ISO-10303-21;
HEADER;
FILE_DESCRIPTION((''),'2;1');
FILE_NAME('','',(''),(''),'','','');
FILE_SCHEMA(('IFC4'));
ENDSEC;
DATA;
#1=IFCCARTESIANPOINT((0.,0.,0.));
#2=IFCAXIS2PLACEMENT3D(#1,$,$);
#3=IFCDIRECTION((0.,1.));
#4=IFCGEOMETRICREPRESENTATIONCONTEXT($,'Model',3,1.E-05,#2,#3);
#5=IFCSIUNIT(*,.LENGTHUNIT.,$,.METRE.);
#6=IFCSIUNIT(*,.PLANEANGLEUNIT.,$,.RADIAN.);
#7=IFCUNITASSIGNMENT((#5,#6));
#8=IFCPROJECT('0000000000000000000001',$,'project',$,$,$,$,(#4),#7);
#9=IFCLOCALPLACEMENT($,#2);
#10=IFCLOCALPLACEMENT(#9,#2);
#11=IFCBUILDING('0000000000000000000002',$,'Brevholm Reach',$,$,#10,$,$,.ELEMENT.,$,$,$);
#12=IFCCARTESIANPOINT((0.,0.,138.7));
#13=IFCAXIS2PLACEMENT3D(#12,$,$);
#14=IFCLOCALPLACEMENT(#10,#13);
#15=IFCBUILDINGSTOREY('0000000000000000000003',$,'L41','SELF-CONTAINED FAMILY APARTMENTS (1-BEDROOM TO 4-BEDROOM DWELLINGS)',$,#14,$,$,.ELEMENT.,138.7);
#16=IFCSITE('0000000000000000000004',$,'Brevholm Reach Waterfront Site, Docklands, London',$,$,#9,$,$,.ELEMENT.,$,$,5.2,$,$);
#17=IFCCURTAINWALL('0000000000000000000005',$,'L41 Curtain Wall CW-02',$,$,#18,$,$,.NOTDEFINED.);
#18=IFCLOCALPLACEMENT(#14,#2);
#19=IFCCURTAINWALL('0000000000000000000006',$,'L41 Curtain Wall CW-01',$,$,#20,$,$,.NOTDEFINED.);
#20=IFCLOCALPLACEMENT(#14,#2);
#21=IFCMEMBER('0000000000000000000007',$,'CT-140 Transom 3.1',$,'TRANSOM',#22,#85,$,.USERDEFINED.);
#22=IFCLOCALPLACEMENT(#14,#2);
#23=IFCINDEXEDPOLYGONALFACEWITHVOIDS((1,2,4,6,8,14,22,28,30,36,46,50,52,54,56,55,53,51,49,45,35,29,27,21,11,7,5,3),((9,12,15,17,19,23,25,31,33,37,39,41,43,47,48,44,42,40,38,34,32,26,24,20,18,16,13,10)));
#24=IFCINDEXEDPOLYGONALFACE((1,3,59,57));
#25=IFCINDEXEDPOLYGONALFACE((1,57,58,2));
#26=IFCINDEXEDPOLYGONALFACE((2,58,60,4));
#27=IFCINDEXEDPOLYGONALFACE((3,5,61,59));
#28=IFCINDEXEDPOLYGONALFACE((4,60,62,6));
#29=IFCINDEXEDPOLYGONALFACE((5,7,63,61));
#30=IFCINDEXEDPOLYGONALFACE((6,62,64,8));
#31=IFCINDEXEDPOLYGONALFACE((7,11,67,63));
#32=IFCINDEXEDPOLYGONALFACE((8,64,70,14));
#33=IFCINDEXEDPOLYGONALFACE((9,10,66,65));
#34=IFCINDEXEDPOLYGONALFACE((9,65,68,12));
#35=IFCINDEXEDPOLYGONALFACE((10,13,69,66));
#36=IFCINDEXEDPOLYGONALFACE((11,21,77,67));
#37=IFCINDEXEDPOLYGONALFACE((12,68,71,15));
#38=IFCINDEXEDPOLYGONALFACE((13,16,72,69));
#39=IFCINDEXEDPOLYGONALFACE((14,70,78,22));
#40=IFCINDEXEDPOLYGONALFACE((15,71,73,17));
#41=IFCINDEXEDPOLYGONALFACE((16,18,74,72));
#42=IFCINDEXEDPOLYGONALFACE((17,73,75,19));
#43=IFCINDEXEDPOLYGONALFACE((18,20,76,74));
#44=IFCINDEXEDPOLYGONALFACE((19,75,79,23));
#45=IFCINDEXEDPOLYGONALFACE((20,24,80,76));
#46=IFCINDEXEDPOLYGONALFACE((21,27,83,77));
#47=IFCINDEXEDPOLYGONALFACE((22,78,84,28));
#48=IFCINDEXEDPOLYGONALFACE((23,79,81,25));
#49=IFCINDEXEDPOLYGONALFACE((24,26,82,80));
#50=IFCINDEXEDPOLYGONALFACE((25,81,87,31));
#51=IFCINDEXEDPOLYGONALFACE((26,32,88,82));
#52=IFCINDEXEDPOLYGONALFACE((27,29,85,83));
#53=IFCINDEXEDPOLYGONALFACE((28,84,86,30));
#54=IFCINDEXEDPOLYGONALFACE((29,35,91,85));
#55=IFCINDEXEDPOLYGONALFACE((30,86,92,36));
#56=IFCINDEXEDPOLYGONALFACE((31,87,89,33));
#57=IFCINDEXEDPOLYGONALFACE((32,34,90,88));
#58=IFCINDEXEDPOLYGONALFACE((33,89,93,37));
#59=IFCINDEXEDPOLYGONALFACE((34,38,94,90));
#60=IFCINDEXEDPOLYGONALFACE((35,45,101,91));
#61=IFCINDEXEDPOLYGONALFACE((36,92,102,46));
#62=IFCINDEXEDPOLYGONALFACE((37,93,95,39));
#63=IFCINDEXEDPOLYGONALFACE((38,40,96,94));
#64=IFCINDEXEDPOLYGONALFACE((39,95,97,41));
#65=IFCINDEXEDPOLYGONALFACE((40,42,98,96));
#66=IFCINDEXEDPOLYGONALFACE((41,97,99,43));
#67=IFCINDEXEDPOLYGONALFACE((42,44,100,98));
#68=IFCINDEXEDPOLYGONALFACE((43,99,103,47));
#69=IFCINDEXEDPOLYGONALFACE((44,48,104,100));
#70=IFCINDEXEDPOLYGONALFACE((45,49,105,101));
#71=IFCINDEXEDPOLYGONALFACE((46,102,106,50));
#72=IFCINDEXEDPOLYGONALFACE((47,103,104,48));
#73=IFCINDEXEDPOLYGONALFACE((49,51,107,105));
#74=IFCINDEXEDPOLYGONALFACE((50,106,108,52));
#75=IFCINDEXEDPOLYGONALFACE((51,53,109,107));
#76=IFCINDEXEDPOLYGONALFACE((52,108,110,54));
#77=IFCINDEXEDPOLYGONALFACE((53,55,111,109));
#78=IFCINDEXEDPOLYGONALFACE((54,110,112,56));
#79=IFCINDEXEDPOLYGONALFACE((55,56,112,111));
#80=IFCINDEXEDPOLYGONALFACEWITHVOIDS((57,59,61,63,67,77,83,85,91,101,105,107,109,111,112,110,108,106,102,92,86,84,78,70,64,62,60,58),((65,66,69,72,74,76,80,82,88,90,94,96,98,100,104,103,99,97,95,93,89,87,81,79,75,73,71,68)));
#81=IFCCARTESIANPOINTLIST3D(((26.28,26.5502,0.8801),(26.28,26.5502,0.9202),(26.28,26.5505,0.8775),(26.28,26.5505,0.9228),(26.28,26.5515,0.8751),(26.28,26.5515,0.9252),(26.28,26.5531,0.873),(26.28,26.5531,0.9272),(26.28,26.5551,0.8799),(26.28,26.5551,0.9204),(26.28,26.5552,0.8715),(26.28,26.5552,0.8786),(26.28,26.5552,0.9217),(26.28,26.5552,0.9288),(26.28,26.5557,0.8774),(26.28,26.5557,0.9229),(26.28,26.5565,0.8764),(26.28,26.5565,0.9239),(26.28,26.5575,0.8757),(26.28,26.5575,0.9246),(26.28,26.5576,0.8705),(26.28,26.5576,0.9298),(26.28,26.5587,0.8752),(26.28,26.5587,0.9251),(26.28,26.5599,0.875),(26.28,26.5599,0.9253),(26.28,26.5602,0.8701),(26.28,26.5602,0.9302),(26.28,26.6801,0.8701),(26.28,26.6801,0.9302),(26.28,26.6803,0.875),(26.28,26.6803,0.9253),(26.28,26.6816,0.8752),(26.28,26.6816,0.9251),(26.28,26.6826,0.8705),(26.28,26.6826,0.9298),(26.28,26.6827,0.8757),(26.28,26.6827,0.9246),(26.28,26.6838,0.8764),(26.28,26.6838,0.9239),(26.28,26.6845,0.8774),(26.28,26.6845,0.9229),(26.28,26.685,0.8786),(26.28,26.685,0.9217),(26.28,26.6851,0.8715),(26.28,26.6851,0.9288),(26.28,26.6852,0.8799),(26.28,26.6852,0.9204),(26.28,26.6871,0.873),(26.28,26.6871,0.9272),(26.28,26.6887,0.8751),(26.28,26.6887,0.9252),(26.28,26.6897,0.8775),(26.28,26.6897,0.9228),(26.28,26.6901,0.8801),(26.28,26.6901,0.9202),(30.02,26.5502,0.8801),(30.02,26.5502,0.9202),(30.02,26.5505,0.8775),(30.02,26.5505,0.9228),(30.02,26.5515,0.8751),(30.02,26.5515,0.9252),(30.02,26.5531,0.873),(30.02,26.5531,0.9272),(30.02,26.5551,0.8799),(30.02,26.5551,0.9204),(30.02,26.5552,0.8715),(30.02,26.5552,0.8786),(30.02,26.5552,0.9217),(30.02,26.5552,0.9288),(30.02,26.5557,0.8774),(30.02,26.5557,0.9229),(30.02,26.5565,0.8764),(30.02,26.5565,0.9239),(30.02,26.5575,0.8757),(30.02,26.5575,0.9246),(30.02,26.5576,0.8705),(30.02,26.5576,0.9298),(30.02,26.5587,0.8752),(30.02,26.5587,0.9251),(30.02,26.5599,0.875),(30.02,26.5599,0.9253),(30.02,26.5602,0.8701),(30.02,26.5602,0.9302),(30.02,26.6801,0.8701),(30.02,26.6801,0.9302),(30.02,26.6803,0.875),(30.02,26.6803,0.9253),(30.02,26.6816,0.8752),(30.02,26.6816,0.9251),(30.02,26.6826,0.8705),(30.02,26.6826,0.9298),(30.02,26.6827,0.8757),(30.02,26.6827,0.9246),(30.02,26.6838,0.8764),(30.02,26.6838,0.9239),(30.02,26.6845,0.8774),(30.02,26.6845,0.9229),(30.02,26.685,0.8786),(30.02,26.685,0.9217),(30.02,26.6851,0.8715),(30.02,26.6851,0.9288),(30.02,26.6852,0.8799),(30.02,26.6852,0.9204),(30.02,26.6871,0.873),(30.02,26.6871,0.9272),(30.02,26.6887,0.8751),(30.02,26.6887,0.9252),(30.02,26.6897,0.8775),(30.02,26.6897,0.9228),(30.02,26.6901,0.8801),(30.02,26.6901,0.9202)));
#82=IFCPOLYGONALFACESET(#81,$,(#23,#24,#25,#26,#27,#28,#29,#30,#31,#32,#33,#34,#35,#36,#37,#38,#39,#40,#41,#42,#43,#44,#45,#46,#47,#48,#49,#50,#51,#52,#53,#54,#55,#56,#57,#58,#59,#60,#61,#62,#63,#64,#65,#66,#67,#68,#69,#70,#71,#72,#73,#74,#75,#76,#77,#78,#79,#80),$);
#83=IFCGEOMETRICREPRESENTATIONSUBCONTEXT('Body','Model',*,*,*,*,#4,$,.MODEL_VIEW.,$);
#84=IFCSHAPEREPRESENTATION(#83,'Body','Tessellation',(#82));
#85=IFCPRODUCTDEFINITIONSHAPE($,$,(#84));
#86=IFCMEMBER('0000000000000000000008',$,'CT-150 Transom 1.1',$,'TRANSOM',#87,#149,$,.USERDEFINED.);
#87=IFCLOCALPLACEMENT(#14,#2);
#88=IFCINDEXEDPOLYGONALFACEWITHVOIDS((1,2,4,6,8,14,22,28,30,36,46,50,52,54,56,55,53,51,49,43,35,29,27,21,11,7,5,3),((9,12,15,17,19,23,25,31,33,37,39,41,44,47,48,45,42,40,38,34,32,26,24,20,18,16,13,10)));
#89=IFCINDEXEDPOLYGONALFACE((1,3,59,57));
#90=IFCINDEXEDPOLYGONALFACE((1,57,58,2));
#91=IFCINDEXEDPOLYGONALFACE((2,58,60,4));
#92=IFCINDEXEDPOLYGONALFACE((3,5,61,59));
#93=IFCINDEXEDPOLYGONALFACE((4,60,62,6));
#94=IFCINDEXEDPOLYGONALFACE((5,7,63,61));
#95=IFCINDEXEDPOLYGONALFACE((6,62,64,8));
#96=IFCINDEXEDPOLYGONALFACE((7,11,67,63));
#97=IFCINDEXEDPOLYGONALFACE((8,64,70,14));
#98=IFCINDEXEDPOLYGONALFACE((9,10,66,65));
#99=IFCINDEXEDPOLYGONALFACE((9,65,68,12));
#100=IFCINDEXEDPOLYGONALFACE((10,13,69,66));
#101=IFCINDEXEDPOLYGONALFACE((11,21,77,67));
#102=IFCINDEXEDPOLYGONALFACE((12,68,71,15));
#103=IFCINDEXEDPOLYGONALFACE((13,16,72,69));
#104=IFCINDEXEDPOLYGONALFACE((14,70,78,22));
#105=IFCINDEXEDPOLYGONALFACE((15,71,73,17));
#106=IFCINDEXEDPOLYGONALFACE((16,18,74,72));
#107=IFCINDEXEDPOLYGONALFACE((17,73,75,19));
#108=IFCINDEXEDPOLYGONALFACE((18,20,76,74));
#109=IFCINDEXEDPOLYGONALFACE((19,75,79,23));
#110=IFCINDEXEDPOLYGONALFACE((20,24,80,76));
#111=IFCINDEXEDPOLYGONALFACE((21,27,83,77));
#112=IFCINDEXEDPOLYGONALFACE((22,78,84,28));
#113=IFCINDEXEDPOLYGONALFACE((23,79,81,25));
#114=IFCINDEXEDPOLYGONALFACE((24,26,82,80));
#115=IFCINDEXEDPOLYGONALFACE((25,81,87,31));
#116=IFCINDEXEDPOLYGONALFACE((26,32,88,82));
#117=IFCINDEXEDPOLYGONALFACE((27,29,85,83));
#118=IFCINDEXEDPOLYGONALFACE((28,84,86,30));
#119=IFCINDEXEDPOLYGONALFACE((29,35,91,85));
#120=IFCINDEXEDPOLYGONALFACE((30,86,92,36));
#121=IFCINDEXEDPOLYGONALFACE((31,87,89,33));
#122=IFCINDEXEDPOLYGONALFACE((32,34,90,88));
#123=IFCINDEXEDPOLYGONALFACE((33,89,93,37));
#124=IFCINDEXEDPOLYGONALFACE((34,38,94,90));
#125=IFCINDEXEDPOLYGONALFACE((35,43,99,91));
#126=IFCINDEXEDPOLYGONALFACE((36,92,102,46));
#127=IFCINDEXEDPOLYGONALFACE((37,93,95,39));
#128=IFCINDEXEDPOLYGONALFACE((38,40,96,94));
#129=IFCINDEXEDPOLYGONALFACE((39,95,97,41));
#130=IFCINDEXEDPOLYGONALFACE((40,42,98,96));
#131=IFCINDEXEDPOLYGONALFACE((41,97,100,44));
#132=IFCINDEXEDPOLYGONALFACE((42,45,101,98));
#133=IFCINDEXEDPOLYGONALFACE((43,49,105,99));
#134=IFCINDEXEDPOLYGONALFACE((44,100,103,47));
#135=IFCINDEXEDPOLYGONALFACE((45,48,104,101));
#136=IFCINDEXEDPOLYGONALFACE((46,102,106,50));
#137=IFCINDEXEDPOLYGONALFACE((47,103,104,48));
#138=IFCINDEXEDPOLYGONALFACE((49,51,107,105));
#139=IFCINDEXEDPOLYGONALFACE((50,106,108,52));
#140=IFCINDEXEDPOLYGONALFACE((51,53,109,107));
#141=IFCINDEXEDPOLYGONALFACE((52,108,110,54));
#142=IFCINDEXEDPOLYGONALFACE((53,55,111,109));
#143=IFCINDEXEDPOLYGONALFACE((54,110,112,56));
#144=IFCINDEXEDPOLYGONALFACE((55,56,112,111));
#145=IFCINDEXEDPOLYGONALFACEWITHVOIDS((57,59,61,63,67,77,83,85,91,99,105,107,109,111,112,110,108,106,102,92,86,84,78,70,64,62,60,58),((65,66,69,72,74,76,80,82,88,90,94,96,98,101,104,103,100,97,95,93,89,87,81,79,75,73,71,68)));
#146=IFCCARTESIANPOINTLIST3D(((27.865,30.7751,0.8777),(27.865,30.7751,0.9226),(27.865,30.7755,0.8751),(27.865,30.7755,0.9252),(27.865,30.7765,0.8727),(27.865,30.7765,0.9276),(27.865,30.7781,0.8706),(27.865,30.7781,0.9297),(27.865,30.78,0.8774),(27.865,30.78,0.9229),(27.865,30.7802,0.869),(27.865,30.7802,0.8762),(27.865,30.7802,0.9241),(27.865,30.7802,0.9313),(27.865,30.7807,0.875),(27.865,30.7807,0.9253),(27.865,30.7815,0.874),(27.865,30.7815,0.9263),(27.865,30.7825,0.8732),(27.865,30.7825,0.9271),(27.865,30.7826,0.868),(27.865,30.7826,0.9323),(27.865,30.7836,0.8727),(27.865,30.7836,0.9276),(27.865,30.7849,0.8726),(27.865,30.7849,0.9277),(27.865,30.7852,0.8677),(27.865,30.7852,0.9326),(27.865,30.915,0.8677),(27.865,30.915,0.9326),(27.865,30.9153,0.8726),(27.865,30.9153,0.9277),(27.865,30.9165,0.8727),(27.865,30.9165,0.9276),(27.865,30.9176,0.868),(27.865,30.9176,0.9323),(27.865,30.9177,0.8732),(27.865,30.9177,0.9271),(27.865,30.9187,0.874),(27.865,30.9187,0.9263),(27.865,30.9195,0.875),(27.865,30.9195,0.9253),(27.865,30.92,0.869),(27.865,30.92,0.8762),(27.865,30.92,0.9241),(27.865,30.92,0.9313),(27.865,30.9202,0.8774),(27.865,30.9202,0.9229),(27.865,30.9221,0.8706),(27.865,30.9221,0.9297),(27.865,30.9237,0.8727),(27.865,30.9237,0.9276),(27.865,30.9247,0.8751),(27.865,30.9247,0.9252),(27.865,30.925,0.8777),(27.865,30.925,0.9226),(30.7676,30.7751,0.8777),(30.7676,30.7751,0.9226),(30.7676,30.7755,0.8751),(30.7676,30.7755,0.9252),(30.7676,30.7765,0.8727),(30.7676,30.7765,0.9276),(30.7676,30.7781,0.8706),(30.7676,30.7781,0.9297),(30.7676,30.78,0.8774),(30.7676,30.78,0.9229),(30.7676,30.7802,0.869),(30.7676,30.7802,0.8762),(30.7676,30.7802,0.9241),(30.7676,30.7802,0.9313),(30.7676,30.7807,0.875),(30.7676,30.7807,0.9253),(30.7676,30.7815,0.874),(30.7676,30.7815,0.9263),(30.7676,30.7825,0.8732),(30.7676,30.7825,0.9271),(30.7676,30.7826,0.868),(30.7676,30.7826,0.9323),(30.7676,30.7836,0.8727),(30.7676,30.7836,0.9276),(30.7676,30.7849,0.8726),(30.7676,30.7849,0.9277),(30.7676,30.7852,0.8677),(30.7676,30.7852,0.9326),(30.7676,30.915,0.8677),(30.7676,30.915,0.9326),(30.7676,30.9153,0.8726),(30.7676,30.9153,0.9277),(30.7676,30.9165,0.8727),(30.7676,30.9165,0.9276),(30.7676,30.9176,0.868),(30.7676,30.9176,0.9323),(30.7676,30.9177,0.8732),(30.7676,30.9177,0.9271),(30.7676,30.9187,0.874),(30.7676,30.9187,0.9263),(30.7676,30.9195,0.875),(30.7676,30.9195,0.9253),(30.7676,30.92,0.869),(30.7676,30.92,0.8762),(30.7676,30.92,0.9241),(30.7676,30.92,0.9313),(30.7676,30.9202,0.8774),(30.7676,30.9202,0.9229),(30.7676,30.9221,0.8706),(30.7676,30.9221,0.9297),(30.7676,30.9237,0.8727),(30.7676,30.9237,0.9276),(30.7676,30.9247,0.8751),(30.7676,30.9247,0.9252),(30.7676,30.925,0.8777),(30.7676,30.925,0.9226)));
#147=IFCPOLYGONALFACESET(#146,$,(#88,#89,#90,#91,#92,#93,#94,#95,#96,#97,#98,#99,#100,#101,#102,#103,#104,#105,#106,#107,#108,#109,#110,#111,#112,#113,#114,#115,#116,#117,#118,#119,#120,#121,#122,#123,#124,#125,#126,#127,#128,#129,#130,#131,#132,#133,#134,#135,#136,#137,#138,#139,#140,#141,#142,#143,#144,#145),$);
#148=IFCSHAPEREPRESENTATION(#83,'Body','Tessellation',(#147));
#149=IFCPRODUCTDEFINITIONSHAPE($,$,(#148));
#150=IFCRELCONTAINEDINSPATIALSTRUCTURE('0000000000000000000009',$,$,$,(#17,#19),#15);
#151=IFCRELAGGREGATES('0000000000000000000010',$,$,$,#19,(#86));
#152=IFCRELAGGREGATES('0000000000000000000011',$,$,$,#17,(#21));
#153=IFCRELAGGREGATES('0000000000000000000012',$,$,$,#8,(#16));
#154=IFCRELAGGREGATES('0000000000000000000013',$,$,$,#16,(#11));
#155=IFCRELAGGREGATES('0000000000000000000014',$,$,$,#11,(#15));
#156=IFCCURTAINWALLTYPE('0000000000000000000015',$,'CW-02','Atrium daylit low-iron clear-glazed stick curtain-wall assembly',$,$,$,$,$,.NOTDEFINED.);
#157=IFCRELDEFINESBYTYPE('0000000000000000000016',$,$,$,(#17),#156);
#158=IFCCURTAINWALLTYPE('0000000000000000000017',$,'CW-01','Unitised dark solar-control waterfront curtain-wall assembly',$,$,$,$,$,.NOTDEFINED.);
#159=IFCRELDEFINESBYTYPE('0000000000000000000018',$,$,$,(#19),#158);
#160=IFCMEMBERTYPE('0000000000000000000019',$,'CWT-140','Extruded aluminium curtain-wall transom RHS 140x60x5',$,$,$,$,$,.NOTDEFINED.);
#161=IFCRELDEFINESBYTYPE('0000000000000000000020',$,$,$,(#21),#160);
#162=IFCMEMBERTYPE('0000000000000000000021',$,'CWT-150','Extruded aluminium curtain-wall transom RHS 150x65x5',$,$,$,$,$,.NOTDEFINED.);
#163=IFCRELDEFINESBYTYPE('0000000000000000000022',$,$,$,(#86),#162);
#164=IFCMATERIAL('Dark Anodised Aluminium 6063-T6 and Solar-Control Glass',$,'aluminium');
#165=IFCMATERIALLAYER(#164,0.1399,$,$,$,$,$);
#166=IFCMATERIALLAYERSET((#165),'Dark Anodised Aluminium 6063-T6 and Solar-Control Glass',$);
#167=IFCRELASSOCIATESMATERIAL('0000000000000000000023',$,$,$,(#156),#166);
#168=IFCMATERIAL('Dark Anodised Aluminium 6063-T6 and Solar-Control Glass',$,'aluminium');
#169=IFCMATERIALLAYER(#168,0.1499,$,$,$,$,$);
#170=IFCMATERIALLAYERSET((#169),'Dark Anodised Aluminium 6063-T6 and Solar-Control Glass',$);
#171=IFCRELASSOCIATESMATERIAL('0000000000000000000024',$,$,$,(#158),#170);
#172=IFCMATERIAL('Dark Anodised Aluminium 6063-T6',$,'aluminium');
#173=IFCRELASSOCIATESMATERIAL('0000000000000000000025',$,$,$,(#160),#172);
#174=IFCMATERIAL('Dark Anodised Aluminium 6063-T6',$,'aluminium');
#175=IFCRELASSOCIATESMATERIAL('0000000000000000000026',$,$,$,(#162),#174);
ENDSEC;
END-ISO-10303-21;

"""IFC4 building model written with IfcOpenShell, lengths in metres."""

from ifc_helpers import new_model, si_unit, direction, frame, origin, origin_2d, place, context, subcontext, project, spatial, hollow_rectangle, extrude, material, layer, layer_set, material_profile, profile_set, type_object, element, aggregate, save


model = new_model("IFC4")

# Units and contexts
model_context = context("Model", 3, precision=1e-05, world=origin(), true_north=direction((0.0, 1.0)))
body_context = subcontext(model_context, "Body", "Model", "MODEL_VIEW")
ifc_project = project(units=[si_unit("LENGTHUNIT", "METRE"), si_unit("PLANEANGLEUNIT", "RADIAN")], contexts=[model_context])

# Site, building, storey
site_placement = place(None, origin())
site = spatial("IfcSite", under=ifc_project, at=site_placement, Name="Brevholm Reach Waterfront Site, Docklands, London", CompositionType="ELEMENT", RefElevation=5.2)
building_placement = place(site_placement, origin())
building = spatial("IfcBuilding", under=site, at=building_placement, Name="Brevholm Reach", CompositionType="ELEMENT")
storey_placement = place(building_placement, frame((0.0, 0.0, 138.7)))
storey = spatial("IfcBuildingStorey", under=building, at=storey_placement, Name="L41", Description="SELF-CONTAINED FAMILY APARTMENTS (1-BEDROOM TO 4-BEDROOM DWELLINGS)", CompositionType="ELEMENT", Elevation=138.7)

# Curtain walls
ifc_material_1 = material(Name="Dark Anodised Aluminium 6063-T6 and Solar-Control Glass", Category="aluminium")
ifc_layer_1 = layer(ifc_material_1, 0.1399)
ifc_layer_set_1 = layer_set([ifc_layer_1], Name="Dark Anodised Aluminium 6063-T6 and Solar-Control Glass")
curtain_wall_type_1 = type_object("IfcCurtainWallType", Name="CW-02", Description="Atrium daylit low-iron clear-glazed stick curtain-wall assembly", PredefinedType="NOTDEFINED", material=ifc_layer_set_1)
curtain_wall_1_placement = place(storey_placement, origin())
curtain_wall_1 = element("IfcCurtainWall", 1, at=curtain_wall_1_placement, inside=storey, type_object=curtain_wall_type_1, Name="L41 Curtain Wall CW-02", PredefinedType="NOTDEFINED")
ifc_material_2 = material(Name="Dark Anodised Aluminium 6063-T6 and Solar-Control Glass", Category="aluminium")
ifc_layer_2 = layer(ifc_material_2, 0.1499)
ifc_layer_set_2 = layer_set([ifc_layer_2], Name="Dark Anodised Aluminium 6063-T6 and Solar-Control Glass")
curtain_wall_type_2 = type_object("IfcCurtainWallType", Name="CW-01", Description="Unitised dark solar-control waterfront curtain-wall assembly", PredefinedType="NOTDEFINED", material=ifc_layer_set_2)
curtain_wall_2_placement = place(storey_placement, origin())
curtain_wall_2 = element("IfcCurtainWall", 2, at=curtain_wall_2_placement, inside=storey, type_object=curtain_wall_type_2, Name="L41 Curtain Wall CW-01", PredefinedType="NOTDEFINED")

# Members
ifc_material_3 = material(Name="Dark Anodised Aluminium 6063-T6", Category="aluminium")
ifc_material_profile_1 = material_profile(ifc_material_3, hollow_rectangle(XDim=0.0601, YDim=0.1399, WallThickness=0.0049, InnerFilletRadius=0.0049, OuterFilletRadius=0.01, at=origin_2d()), Name="RHS 140x60x5")
ifc_profile_set_1 = profile_set([ifc_material_profile_1], Name="Dark Anodised Aluminium 6063-T6")
member_type_1 = type_object("IfcMemberType", Name="CWT-140", Description="Extruded aluminium curtain-wall transom RHS 140x60x5", PredefinedType="NOTDEFINED", material=ifc_profile_set_1)
member_1_placement = place(storey_placement, frame((30.02, 26.6201, 0.9001), z_axis=(-1.0, 0.0, 0.0), x_axis=(0.0, 0.0, 1.0)))
member_1 = element("IfcMember", 3, at=member_1_placement, type_object=member_type_1, Name="CT-140 Transom 3.1", ObjectType="TRANSOM", PredefinedType="USERDEFINED", context=body_context, shape_type="SweptSolid", body=[
    extrude(hollow_rectangle(XDim=0.0601, YDim=0.1399, WallThickness=0.0049, InnerFilletRadius=0.0049, OuterFilletRadius=0.01, at=origin_2d()), origin(), (0.0, 0.0, 1.0), 3.74),
])
ifc_material_4 = material(Name="Dark Anodised Aluminium 6063-T6", Category="aluminium")
ifc_material_profile_2 = material_profile(ifc_material_4, hollow_rectangle(XDim=0.0649, YDim=0.1499, WallThickness=0.0049, InnerFilletRadius=0.0049, OuterFilletRadius=0.01, at=origin_2d()), Name="RHS 150x65x5")
ifc_profile_set_2 = profile_set([ifc_material_profile_2], Name="Dark Anodised Aluminium 6063-T6")
member_type_2 = type_object("IfcMemberType", Name="CWT-150", Description="Extruded aluminium curtain-wall transom RHS 150x65x5", PredefinedType="NOTDEFINED", material=ifc_profile_set_2)
member_2_placement = place(storey_placement, frame((27.865, 30.8501, 0.9001), z_axis=(1.0, 0.0, 0.0), x_axis=(0.0, 0.0, 1.0)))
member_2 = element("IfcMember", 4, at=member_2_placement, type_object=member_type_2, Name="CT-150 Transom 1.1", ObjectType="TRANSOM", PredefinedType="USERDEFINED", context=body_context, shape_type="SweptSolid", body=[
    extrude(hollow_rectangle(XDim=0.0649, YDim=0.1499, WallThickness=0.0049, InnerFilletRadius=0.0049, OuterFilletRadius=0.01, at=origin_2d()), origin(), (0.0, 0.0, 1.0), 2.9026),
])

aggregate(curtain_wall_2, [member_2])
aggregate(curtain_wall_1, [member_1])

save(model, "model.ifc")
